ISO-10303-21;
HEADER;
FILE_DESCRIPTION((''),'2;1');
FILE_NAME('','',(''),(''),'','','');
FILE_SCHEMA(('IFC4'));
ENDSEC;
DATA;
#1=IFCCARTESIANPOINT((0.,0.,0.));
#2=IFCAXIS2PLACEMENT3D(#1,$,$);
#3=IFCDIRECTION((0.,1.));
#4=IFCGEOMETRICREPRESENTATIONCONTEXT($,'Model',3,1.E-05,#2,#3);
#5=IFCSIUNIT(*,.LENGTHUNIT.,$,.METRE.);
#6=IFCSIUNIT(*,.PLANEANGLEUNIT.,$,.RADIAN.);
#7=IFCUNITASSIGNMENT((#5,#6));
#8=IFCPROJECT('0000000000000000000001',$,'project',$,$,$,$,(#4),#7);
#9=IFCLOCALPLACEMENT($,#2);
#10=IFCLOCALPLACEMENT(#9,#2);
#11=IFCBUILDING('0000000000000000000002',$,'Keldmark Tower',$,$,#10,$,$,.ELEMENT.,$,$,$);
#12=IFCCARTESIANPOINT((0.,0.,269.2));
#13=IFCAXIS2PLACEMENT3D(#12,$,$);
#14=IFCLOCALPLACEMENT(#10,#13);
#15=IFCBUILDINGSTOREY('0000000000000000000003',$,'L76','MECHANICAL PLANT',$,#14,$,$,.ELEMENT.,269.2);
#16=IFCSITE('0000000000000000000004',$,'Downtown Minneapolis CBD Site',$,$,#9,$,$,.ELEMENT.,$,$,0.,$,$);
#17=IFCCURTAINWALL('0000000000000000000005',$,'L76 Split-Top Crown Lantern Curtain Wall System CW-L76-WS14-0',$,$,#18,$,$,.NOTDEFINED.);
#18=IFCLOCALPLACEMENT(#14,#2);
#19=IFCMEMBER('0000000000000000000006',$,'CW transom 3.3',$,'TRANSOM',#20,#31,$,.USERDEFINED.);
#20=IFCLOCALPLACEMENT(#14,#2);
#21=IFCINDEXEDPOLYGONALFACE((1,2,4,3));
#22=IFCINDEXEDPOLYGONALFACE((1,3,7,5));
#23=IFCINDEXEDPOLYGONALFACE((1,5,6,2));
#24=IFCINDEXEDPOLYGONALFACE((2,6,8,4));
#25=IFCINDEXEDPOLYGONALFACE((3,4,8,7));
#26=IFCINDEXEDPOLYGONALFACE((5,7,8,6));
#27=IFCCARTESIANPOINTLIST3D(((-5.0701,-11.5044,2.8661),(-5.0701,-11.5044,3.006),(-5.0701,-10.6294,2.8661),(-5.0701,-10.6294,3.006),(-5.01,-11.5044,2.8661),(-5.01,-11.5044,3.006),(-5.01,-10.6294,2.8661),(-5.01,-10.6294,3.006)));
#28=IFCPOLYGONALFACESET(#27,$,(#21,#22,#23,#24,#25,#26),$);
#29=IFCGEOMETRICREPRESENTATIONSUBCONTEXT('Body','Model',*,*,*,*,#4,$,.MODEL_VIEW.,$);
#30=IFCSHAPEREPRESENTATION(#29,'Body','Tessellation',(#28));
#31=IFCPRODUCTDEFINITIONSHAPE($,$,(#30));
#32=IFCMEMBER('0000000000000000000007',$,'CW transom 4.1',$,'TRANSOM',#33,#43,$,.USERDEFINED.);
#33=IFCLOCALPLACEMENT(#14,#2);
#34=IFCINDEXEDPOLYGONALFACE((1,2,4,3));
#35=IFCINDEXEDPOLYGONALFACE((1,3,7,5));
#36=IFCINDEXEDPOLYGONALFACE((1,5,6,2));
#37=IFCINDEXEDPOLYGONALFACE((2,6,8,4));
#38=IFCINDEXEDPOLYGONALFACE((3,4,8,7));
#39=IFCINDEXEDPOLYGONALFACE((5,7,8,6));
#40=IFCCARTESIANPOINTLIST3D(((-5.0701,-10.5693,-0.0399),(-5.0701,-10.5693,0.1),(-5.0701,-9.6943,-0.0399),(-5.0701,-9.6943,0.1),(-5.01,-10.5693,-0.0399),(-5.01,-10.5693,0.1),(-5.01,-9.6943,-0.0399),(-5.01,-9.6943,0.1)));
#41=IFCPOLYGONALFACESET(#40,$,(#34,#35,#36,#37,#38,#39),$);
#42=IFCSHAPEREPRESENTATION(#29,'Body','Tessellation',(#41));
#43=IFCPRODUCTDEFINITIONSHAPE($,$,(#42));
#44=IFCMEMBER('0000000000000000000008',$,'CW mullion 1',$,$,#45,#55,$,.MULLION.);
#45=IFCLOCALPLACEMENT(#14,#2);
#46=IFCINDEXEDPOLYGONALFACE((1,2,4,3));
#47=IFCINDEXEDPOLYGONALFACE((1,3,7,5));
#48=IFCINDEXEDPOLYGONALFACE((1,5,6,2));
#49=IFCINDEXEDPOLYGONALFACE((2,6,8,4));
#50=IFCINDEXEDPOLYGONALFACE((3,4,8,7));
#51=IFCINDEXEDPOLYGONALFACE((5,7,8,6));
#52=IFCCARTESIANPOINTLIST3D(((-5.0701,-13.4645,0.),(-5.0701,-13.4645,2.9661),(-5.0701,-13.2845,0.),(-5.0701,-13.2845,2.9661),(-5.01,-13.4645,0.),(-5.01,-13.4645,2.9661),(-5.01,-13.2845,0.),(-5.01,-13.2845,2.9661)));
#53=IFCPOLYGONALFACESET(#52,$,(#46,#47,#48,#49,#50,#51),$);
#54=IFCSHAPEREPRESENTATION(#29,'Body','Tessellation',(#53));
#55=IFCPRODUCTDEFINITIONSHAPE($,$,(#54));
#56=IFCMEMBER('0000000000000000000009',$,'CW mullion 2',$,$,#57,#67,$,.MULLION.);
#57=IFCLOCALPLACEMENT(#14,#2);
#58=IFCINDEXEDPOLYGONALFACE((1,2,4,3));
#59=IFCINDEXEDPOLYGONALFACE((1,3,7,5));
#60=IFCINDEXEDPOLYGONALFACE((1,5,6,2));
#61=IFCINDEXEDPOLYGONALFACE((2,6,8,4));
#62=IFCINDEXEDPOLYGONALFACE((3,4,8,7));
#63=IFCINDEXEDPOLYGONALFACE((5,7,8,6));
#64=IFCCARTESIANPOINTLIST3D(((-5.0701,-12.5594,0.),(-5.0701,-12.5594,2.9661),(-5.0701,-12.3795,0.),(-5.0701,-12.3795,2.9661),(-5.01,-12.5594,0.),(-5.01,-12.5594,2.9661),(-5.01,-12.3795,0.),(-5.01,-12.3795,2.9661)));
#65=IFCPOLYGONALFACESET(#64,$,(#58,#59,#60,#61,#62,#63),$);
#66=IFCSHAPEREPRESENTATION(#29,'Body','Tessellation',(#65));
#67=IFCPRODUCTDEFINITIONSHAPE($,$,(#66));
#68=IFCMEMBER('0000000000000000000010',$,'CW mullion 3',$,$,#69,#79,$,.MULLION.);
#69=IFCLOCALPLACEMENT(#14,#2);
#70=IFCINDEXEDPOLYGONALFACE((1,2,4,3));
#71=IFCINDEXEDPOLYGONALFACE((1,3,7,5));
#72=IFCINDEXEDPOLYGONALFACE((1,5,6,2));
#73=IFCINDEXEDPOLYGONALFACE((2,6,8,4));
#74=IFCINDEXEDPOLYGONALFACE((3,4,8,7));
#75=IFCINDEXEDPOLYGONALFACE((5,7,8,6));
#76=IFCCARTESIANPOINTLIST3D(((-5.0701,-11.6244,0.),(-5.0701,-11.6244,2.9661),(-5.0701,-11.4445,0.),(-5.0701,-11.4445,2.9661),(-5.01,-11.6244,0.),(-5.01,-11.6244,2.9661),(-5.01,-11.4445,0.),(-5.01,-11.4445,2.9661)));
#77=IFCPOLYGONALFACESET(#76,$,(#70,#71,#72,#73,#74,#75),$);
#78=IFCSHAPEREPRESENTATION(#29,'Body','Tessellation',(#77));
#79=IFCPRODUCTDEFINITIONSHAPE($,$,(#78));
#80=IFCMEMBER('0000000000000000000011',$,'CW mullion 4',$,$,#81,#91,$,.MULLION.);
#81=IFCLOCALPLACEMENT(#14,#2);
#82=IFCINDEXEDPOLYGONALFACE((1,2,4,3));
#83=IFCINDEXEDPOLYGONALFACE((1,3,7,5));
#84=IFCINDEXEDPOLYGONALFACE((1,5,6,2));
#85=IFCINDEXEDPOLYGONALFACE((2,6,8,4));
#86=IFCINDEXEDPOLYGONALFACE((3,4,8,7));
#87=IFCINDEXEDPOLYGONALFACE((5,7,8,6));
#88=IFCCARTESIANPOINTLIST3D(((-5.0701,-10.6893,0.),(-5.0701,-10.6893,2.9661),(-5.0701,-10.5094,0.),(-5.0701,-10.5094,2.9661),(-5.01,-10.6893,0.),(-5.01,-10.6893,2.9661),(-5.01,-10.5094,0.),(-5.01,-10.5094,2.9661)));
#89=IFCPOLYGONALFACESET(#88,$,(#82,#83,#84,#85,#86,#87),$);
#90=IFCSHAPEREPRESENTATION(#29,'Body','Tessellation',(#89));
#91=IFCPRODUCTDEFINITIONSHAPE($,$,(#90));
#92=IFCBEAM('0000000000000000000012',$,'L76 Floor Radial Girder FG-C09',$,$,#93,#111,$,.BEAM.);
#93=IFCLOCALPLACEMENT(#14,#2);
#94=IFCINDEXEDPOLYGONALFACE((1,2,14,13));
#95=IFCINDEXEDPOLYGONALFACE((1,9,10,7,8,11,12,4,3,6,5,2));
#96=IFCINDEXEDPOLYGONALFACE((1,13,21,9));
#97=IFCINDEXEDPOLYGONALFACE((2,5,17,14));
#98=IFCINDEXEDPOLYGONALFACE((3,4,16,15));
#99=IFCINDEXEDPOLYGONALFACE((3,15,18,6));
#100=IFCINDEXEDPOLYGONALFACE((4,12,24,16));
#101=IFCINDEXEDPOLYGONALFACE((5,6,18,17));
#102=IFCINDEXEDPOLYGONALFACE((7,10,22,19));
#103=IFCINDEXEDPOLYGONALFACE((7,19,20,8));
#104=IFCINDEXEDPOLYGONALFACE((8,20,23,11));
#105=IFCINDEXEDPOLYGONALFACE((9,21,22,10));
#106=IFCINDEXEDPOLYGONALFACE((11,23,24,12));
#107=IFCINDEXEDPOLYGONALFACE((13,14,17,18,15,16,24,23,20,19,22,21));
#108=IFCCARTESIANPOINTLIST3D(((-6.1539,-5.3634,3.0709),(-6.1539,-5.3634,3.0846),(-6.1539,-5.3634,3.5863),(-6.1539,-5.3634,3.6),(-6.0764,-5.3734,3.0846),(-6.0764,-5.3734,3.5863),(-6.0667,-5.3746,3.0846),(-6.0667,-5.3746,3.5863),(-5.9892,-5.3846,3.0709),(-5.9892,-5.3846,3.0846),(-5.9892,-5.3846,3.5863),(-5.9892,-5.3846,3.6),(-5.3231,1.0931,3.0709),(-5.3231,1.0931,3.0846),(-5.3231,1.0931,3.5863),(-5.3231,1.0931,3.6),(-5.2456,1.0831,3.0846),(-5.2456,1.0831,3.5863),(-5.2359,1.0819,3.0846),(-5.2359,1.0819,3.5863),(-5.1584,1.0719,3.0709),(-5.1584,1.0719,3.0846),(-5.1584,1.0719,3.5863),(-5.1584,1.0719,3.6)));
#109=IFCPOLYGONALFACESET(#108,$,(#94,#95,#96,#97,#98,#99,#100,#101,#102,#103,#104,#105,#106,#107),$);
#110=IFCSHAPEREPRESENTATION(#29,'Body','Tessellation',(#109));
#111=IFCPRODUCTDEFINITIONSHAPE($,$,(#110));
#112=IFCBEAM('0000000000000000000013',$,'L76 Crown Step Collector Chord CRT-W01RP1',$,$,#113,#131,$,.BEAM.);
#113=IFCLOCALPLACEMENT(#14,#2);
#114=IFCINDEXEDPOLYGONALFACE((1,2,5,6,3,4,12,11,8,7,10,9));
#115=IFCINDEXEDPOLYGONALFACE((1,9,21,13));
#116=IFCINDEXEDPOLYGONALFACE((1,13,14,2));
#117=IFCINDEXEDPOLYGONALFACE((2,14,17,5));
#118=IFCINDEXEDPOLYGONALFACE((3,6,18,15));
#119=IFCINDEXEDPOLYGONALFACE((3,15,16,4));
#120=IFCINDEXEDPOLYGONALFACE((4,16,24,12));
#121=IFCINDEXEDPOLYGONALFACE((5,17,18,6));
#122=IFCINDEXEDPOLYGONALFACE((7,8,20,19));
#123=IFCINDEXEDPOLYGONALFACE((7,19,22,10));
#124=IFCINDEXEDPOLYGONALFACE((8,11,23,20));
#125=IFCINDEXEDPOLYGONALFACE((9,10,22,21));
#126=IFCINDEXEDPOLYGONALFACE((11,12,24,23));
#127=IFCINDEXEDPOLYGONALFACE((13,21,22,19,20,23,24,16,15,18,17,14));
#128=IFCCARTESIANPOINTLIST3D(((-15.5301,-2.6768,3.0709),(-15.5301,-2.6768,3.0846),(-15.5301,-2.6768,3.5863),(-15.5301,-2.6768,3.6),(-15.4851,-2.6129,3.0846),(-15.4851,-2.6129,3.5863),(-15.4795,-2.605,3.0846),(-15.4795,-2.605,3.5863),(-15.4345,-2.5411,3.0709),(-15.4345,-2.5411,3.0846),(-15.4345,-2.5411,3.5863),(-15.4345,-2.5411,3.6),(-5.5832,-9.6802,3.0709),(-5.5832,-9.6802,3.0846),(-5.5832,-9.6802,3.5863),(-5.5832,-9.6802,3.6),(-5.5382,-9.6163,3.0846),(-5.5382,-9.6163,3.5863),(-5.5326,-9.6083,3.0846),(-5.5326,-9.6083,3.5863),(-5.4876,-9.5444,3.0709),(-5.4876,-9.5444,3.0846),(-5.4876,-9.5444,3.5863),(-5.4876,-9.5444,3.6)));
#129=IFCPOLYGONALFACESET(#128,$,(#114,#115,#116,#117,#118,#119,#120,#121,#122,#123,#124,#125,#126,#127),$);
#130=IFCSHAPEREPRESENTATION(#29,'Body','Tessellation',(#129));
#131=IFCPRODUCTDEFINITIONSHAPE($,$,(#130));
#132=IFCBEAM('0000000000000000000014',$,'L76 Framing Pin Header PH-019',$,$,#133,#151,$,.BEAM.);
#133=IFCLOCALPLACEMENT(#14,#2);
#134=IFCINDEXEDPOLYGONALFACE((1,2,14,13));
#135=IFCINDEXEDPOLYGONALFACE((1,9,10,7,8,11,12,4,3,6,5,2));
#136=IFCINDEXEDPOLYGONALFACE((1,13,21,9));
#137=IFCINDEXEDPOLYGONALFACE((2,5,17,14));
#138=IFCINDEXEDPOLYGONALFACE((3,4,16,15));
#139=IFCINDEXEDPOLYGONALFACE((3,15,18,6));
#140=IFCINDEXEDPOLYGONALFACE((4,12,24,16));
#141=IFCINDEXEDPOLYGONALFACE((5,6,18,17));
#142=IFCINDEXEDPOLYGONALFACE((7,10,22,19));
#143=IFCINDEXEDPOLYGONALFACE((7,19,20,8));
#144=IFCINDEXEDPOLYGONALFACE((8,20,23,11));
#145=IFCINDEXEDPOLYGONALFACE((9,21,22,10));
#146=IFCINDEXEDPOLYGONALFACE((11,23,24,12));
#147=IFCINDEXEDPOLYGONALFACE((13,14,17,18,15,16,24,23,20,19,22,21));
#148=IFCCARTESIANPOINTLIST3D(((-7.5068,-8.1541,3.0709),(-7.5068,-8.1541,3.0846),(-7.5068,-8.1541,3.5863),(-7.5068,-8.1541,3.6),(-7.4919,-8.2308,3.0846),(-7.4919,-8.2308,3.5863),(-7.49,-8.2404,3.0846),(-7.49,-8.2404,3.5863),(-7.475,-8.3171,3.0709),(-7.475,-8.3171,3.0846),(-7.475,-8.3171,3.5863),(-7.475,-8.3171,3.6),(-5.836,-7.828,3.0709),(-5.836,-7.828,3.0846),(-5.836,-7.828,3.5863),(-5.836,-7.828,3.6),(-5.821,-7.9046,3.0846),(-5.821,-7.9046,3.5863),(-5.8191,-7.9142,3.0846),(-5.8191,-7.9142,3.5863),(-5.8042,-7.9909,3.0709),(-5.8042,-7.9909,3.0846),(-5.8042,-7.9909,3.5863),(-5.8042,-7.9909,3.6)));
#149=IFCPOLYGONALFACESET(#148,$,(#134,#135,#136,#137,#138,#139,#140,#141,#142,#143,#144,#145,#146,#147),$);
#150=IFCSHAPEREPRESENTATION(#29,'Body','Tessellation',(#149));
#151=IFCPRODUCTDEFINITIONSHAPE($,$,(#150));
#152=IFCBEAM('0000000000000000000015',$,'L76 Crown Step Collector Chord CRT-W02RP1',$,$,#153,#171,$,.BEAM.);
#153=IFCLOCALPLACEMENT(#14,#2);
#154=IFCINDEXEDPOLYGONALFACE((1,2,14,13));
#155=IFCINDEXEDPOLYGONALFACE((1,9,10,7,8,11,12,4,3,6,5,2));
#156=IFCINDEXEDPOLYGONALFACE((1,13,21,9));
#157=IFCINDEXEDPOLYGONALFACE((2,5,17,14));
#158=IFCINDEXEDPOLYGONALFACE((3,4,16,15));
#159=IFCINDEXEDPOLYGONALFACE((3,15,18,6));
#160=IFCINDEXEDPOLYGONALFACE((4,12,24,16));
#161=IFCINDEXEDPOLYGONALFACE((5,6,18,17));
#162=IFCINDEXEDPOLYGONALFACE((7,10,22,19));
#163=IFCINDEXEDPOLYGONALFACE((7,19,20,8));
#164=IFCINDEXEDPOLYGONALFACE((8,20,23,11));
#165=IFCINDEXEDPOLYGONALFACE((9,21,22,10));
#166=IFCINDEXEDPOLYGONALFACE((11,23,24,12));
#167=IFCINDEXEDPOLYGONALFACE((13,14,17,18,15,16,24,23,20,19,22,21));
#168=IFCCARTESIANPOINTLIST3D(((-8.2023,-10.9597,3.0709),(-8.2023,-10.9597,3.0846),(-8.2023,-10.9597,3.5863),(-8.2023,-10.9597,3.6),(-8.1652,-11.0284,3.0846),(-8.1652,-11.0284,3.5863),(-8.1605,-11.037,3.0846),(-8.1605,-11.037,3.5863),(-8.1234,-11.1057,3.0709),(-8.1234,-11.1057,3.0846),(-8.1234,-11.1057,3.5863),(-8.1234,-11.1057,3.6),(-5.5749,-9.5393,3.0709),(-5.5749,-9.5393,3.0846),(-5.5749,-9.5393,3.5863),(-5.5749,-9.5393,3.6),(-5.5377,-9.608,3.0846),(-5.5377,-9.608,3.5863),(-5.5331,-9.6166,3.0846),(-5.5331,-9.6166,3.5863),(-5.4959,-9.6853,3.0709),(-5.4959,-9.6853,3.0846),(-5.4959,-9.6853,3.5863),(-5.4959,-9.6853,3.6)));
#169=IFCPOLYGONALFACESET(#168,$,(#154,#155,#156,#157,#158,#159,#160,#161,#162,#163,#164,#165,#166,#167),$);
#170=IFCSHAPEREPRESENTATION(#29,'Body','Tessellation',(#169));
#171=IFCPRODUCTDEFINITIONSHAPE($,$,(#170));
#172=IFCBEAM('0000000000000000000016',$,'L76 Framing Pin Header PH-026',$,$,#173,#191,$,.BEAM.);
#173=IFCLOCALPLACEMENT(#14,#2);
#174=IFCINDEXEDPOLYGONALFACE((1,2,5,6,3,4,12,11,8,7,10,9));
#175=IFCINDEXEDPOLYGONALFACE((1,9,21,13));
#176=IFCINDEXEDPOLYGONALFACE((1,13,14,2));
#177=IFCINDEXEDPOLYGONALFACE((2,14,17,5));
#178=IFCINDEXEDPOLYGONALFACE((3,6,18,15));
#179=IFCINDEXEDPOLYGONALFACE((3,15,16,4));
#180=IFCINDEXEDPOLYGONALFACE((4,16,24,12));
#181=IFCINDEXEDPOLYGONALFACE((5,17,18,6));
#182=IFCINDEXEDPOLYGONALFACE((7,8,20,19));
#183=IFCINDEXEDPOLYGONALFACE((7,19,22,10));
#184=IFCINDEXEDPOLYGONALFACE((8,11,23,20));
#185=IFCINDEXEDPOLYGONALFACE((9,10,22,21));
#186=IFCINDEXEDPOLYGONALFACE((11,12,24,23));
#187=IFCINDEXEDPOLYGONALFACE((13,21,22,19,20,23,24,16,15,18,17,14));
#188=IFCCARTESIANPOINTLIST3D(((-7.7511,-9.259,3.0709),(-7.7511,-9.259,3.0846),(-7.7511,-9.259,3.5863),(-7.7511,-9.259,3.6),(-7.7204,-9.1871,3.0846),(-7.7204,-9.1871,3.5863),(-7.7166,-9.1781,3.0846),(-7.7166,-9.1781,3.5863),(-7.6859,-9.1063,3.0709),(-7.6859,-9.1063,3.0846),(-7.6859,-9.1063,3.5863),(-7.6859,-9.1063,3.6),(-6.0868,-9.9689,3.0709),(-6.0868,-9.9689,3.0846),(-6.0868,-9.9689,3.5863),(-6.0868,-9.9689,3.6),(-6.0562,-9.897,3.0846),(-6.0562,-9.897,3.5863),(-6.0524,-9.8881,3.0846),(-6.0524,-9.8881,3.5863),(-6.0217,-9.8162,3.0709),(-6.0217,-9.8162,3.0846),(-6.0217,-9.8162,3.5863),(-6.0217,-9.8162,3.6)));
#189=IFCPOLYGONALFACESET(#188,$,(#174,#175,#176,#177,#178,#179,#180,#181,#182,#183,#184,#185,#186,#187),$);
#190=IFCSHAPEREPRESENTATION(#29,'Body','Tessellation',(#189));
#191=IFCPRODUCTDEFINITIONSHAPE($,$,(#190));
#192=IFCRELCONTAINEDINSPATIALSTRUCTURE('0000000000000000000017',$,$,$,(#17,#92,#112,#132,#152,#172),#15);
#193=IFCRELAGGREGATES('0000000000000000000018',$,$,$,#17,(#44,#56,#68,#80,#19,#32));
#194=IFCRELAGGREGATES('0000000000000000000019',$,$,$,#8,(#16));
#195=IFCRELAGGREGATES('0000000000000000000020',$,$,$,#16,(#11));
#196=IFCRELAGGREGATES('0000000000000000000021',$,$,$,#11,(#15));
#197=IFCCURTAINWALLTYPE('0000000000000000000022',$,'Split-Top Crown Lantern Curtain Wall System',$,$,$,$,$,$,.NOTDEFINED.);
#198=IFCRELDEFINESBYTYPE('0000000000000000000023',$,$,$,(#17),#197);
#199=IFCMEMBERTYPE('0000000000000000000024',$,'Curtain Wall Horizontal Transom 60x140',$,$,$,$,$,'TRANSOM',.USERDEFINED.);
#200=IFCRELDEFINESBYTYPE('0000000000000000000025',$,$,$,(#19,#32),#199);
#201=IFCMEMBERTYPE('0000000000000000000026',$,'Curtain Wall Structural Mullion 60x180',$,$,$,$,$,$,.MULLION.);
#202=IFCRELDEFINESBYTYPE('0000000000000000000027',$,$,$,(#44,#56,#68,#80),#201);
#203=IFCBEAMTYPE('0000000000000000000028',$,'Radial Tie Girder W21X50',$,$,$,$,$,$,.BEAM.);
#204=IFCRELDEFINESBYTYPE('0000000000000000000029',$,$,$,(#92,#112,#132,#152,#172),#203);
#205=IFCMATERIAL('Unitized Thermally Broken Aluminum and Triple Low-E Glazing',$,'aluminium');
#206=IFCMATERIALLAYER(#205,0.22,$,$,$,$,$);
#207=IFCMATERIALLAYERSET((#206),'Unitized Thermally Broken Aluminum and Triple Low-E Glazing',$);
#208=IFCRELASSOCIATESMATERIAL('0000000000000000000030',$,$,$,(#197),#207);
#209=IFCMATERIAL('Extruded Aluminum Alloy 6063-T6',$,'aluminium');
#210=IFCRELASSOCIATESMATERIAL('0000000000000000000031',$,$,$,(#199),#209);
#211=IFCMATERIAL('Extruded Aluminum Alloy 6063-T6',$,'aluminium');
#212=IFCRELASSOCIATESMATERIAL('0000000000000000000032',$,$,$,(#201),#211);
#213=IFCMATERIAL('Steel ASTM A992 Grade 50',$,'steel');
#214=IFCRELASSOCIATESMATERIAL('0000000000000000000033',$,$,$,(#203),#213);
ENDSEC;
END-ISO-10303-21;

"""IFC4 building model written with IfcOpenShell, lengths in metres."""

from ifc_helpers import new_model, si_unit, direction, frame, origin, origin_2d, place, context, subcontext, project, spatial, rectangle, i_section, extrude, material, layer, layer_set, material_profile, profile_set, type_object, element, aggregate, save


model = new_model("IFC4")

# Units and contexts
model_context = context("Model", 3, precision=1e-05, world=origin(), true_north=direction((0.0, 1.0)))
body_context = subcontext(model_context, "Body", "Model", "MODEL_VIEW")
ifc_project = project(units=[si_unit("LENGTHUNIT", "METRE"), si_unit("PLANEANGLEUNIT", "RADIAN")], contexts=[model_context])

# Site, building, storey
site_placement = place(None, origin())
site = spatial("IfcSite", under=ifc_project, at=site_placement, Name="Downtown Minneapolis CBD Site", CompositionType="ELEMENT", RefElevation=0.0)
building_placement = place(site_placement, origin())
building = spatial("IfcBuilding", under=site, at=building_placement, Name="Keldmark Tower", CompositionType="ELEMENT")
storey_placement = place(building_placement, frame((0.0, 0.0, 269.2)))
storey = spatial("IfcBuildingStorey", under=building, at=storey_placement, Name="L76", Description="MECHANICAL PLANT", CompositionType="ELEMENT", Elevation=269.2)

# Curtain wall, members
ifc_material_1 = material(Name="Unitized Thermally Broken Aluminum and Triple Low-E Glazing", Category="aluminium")
ifc_layer_1 = layer(ifc_material_1, 0.22)
ifc_layer_set_1 = layer_set([ifc_layer_1], Name="Unitized Thermally Broken Aluminum and Triple Low-E Glazing")
curtain_wall_type = type_object("IfcCurtainWallType", Name="Split-Top Crown Lantern Curtain Wall System", PredefinedType="NOTDEFINED", material=ifc_layer_set_1)
curtain_wall_placement = place(storey_placement, origin())
curtain_wall = element("IfcCurtainWall", 1, at=curtain_wall_placement, inside=storey, type_object=curtain_wall_type, Name="L76 Split-Top Crown Lantern Curtain Wall System CW-L76-WS14-0", PredefinedType="NOTDEFINED")
ifc_material_2 = material(Name="Extruded Aluminum Alloy 6063-T6", Category="aluminium")
ifc_material_profile_1 = material_profile(ifc_material_2, rectangle(XDim=0.0601, YDim=0.1399, at=origin_2d()), Name="CWT60X140")
ifc_profile_set_1 = profile_set([ifc_material_profile_1], Name="Extruded Aluminum Alloy 6063-T6")
member_type_1 = type_object("IfcMemberType", Name="Curtain Wall Horizontal Transom 60x140", ElementType="TRANSOM", PredefinedType="USERDEFINED", material=ifc_profile_set_1)
member_1_placement = place(storey_placement, frame((-5.04, -11.5044, 2.936), z_axis=(0.0, 1.0, 0.0), x_axis=(-1.0, 0.0, 0.0)))
member_1 = element("IfcMember", 2, at=member_1_placement, type_object=member_type_1, Name="CW transom 3.3", ObjectType="TRANSOM", PredefinedType="USERDEFINED", context=body_context, shape_type="SweptSolid", body=[
    extrude(rectangle(XDim=0.0601, YDim=0.1399, at=origin_2d()), origin(), (0.0, 0.0, 1.0), 0.875),
])
member_2_placement = place(storey_placement, frame((-5.04, -10.5693, 0.03), z_axis=(0.0, 1.0, 0.0), x_axis=(-1.0, 0.0, 0.0)))
member_2 = element("IfcMember", 3, at=member_2_placement, type_object=member_type_1, Name="CW transom 4.1", ObjectType="TRANSOM", PredefinedType="USERDEFINED", context=body_context, shape_type="SweptSolid", body=[
    extrude(rectangle(XDim=0.0601, YDim=0.1399, at=origin_2d()), origin(), (0.0, 0.0, 1.0), 0.875),
])
ifc_material_3 = material(Name="Extruded Aluminum Alloy 6063-T6", Category="aluminium")
ifc_material_profile_2 = material_profile(ifc_material_3, rectangle(XDim=0.0601, YDim=0.1799, at=origin_2d()), Name="CWM60X180")
ifc_profile_set_2 = profile_set([ifc_material_profile_2], Name="Extruded Aluminum Alloy 6063-T6")
member_type_2 = type_object("IfcMemberType", Name="Curtain Wall Structural Mullion 60x180", PredefinedType="MULLION", material=ifc_profile_set_2)
member_3_placement = place(storey_placement, frame((-5.04, -13.3745, 0.0), z_axis=(0.0, 0.0, 1.0), x_axis=(-1.0, 0.0, 0.0)))
member_3 = element("IfcMember", 4, at=member_3_placement, type_object=member_type_2, Name="CW mullion 1", PredefinedType="MULLION", context=body_context, shape_type="SweptSolid", body=[
    extrude(rectangle(XDim=0.0601, YDim=0.1799, at=origin_2d()), origin(), (0.0, 0.0, 1.0), 2.9661),
])
member_4_placement = place(storey_placement, frame((-5.04, -12.4695, 0.0), z_axis=(0.0, 0.0, 1.0), x_axis=(-1.0, 0.0, 0.0)))
member_4 = element("IfcMember", 5, at=member_4_placement, type_object=member_type_2, Name="CW mullion 2", PredefinedType="MULLION", context=body_context, shape_type="SweptSolid", body=[
    extrude(rectangle(XDim=0.0601, YDim=0.1799, at=origin_2d()), origin(), (0.0, 0.0, 1.0), 2.9661),
])
member_5_placement = place(storey_placement, frame((-5.04, -11.5344, 0.0), z_axis=(0.0, 0.0, 1.0), x_axis=(-1.0, 0.0, 0.0)))
member_5 = element("IfcMember", 6, at=member_5_placement, type_object=member_type_2, Name="CW mullion 3", PredefinedType="MULLION", context=body_context, shape_type="SweptSolid", body=[
    extrude(rectangle(XDim=0.0601, YDim=0.1799, at=origin_2d()), origin(), (0.0, 0.0, 1.0), 2.9661),
])
member_6_placement = place(storey_placement, frame((-5.04, -10.5994, 0.0), z_axis=(0.0, 0.0, 1.0), x_axis=(-1.0, 0.0, 0.0)))
member_6 = element("IfcMember", 7, at=member_6_placement, type_object=member_type_2, Name="CW mullion 4", PredefinedType="MULLION", context=body_context, shape_type="SweptSolid", body=[
    extrude(rectangle(XDim=0.0601, YDim=0.1799, at=origin_2d()), origin(), (0.0, 0.0, 1.0), 2.9661),
])

# Beams
ifc_material_4 = material(Name="Steel ASTM A992 Grade 50", Category="steel")
ifc_material_profile_3 = material_profile(ifc_material_4, i_section(OverallWidth=0.166, OverallDepth=0.5291, WebThickness=0.0098, FlangeThickness=0.0137, at=origin_2d()), Name="W21X50")
ifc_profile_set_3 = profile_set([ifc_material_profile_3], Name="Steel ASTM A992 Grade 50")
beam_type_1 = type_object("IfcBeamType", Name="Radial Tie Girder W21X50", PredefinedType="BEAM", material=ifc_profile_set_3)
beam_1_placement = place(storey_placement, frame((-6.0715, -5.374, 3.3354), z_axis=(0.127625, 0.991822, 0.0), x_axis=(-0.991822, 0.127625, 0.0)))
element("IfcBeam", 8, at=beam_1_placement, inside=storey, type_object=beam_type_1, Name="L76 Floor Radial Girder FG-C09", PredefinedType="BEAM", context=body_context, shape_type="SweptSolid", body=[
    extrude(i_section(OverallWidth=0.166, OverallDepth=0.5291, WebThickness=0.0098, FlangeThickness=0.0137, at=origin_2d()), origin(), (0.0, 0.0, 1.0), 6.5098),
])
beam_2_placement = place(storey_placement, frame((-5.5354, -9.6123, 3.3354), z_axis=(-0.817665, 0.575695, 0.0), x_axis=(-0.575695, -0.817665, 0.0)))
element("IfcBeam", 9, at=beam_2_placement, inside=storey, type_object=beam_type_1, Name="L76 Crown Step Collector Chord CRT-W01RP1", PredefinedType="BEAM", context=body_context, shape_type="SweptSolid", body=[
    extrude(i_section(OverallWidth=0.166, OverallDepth=0.5291, WebThickness=0.0098, FlangeThickness=0.0137, at=origin_2d()), origin(), (0.0, 0.0, 1.0), 12.165),
])
beam_3_placement = place(storey_placement, frame((-5.8201, -7.9094, 3.3354), z_axis=(-0.981475, -0.191591, 0.0), x_axis=(0.191591, -0.981475, 0.0)))
element("IfcBeam", 10, at=beam_3_placement, inside=storey, type_object=beam_type_1, Name="L76 Framing Pin Header PH-019", PredefinedType="BEAM", context=body_context, shape_type="SweptSolid", body=[
    extrude(i_section(OverallWidth=0.166, OverallDepth=0.5291, WebThickness=0.0098, FlangeThickness=0.0137, at=origin_2d()), origin(), (0.0, 0.0, 1.0), 1.7024),
])
beam_4_placement = place(storey_placement, frame((-8.1628, -11.0327, 3.3354), z_axis=(0.879682, 0.475561, 0.0), x_axis=(-0.475561, 0.879682, 0.0)))
element("IfcBeam", 11, at=beam_4_placement, inside=storey, type_object=beam_type_1, Name="L76 Crown Step Collector Chord CRT-W02RP1", PredefinedType="BEAM", context=body_context, shape_type="SweptSolid", body=[
    extrude(i_section(OverallWidth=0.166, OverallDepth=0.5291, WebThickness=0.0098, FlangeThickness=0.0137, at=origin_2d()), origin(), (0.0, 0.0, 1.0), 2.9868),
])
beam_5_placement = place(storey_placement, frame((-7.7185, -9.1826, 3.3354), z_axis=(0.919807, -0.392372, 0.0), x_axis=(0.392372, 0.919807, 0.0)))
element("IfcBeam", 12, at=beam_5_placement, inside=storey, type_object=beam_type_1, Name="L76 Framing Pin Header PH-026", PredefinedType="BEAM", context=body_context, shape_type="SweptSolid", body=[
    extrude(i_section(OverallWidth=0.166, OverallDepth=0.5291, WebThickness=0.0098, FlangeThickness=0.0137, at=origin_2d()), origin(), (0.0, 0.0, 1.0), 1.8093),
])

aggregate(curtain_wall, [member_3, member_4, member_5, member_6, member_1, member_2])

save(model, "model.ifc")
